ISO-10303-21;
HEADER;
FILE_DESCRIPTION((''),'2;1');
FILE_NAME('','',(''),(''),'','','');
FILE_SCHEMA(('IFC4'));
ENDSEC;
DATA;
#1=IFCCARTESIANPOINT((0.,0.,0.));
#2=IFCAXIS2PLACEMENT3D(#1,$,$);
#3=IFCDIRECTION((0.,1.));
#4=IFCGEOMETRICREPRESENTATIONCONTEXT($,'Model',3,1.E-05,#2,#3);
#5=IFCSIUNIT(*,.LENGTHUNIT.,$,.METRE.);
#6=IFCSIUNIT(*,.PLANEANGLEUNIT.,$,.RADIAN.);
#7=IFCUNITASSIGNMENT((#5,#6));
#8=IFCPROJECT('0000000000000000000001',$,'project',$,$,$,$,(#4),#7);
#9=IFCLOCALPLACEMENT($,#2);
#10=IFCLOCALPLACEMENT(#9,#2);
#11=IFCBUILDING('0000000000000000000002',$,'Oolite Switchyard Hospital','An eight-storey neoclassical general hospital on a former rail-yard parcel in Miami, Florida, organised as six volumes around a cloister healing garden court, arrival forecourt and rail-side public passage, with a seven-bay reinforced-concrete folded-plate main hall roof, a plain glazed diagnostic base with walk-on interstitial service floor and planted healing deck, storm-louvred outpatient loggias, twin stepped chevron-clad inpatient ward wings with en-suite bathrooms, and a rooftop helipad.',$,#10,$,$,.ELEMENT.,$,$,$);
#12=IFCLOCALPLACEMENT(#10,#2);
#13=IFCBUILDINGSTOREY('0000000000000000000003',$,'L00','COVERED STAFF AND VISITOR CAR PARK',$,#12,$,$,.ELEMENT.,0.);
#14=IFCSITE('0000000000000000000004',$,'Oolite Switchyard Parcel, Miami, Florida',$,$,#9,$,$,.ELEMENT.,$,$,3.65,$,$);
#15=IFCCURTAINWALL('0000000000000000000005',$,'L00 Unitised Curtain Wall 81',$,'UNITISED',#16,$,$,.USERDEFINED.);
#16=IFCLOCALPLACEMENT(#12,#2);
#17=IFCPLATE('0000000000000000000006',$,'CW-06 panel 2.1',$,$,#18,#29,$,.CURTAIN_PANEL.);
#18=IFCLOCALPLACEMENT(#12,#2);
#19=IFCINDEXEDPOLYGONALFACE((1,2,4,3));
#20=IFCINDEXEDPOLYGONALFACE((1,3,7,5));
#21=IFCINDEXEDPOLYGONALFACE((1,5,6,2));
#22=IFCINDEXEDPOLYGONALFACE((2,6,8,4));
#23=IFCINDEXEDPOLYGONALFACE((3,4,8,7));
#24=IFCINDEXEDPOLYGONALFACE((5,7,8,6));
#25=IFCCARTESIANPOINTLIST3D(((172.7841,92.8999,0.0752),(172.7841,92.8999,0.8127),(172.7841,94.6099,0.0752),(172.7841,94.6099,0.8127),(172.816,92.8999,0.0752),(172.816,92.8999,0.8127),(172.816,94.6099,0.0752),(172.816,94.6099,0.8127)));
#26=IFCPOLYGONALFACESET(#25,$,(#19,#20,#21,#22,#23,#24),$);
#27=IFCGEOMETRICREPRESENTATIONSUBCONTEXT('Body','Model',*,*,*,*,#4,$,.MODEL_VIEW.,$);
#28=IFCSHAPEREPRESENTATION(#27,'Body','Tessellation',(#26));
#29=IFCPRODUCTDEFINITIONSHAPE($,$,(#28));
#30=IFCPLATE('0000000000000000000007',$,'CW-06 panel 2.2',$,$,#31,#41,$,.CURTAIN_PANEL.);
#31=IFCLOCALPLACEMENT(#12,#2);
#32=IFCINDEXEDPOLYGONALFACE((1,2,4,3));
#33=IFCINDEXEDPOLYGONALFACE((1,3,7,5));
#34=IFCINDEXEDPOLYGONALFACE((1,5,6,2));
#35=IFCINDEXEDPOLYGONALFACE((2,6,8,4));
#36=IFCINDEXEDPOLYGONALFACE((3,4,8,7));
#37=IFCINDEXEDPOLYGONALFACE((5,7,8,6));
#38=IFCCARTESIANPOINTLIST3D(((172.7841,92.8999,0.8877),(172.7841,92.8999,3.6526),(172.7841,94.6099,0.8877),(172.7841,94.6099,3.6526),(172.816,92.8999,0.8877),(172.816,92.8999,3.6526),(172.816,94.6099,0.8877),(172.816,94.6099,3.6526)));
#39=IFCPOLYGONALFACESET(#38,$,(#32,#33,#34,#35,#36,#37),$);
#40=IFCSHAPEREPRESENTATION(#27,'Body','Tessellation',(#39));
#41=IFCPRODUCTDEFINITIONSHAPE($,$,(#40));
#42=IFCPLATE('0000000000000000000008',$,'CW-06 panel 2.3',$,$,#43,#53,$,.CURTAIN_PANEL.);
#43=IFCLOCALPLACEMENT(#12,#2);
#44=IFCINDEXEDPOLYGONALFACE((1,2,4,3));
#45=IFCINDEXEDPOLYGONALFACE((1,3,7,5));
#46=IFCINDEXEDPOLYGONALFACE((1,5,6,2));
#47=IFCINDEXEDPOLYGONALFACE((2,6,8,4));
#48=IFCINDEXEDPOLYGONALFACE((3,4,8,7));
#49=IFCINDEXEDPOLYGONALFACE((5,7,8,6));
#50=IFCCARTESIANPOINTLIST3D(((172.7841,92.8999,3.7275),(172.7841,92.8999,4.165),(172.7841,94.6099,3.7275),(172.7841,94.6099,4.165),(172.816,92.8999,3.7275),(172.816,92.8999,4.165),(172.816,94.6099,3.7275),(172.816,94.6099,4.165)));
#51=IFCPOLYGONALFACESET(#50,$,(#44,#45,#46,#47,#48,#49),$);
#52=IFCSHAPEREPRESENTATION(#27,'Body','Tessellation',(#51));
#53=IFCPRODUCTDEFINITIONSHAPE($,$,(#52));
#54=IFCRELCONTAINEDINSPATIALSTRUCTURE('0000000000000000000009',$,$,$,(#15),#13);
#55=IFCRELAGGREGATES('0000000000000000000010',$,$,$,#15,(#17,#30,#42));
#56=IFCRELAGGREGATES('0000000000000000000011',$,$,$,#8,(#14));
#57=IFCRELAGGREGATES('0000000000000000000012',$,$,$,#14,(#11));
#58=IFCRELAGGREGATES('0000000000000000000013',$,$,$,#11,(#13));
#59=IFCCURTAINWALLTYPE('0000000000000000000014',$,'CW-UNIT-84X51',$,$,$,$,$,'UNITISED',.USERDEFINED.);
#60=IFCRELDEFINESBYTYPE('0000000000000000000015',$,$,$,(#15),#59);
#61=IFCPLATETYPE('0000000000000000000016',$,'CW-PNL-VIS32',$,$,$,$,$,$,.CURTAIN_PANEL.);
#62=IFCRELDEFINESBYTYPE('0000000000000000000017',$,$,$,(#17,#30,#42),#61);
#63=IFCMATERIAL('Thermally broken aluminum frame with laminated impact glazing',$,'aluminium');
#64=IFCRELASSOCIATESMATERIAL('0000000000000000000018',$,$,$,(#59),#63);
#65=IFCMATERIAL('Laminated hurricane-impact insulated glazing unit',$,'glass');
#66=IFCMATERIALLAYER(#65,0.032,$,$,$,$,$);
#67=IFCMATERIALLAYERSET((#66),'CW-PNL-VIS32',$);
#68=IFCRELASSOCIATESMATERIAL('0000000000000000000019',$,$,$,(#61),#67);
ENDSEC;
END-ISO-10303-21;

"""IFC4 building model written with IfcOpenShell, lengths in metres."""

from ifc_helpers import new_model, si_unit, direction, frame, origin, origin_2d, place, context, subcontext, project, spatial, rectangle, extrude, material, layer, layer_set, type_object, element, aggregate, save


model = new_model("IFC4")

# Units and contexts
model_context = context("Model", 3, precision=1e-05, world=origin(), true_north=direction((0.0, 1.0)))
body_context = subcontext(model_context, "Body", "Model", "MODEL_VIEW")
ifc_project = project(units=[si_unit("LENGTHUNIT", "METRE"), si_unit("PLANEANGLEUNIT", "RADIAN")], contexts=[model_context])

# Site, building, storey
site_placement = place(None, origin())
site = spatial("IfcSite", under=ifc_project, at=site_placement, Name="Oolite Switchyard Parcel, Miami, Florida", CompositionType="ELEMENT", RefElevation=3.65)
building_placement = place(site_placement, origin())
building = spatial("IfcBuilding", under=site, at=building_placement, Name="Oolite Switchyard Hospital", Description="An eight-storey neoclassical general hospital on a former rail-yard parcel in Miami, Florida, organised as six volumes around a cloister healing garden court, arrival forecourt and rail-side public passage, with a seven-bay reinforced-concrete folded-plate main hall roof, a plain glazed diagnostic base with walk-on interstitial service floor and planted healing deck, storm-louvred outpatient loggias, twin stepped chevron-clad inpatient ward wings with en-suite bathrooms, and a rooftop helipad.", CompositionType="ELEMENT")
storey_placement = place(building_placement, origin())
storey = spatial("IfcBuildingStorey", under=building, at=storey_placement, Name="L00", Description="COVERED STAFF AND VISITOR CAR PARK", CompositionType="ELEMENT", Elevation=0.0)

# Curtain wall
ifc_material_1 = material(Name="Thermally broken aluminum frame with laminated impact glazing", Category="aluminium")
curtain_wall_type = type_object("IfcCurtainWallType", Name="CW-UNIT-84X51", ElementType="UNITISED", PredefinedType="USERDEFINED", material=ifc_material_1)
curtain_wall_1_placement = place(storey_placement, origin())
curtain_wall_1 = element("IfcCurtainWall", 1, at=curtain_wall_1_placement, inside=storey, type_object=curtain_wall_type, Name="L00 Unitised Curtain Wall 81", ObjectType="UNITISED", PredefinedType="USERDEFINED")

# Plates
ifc_material_2 = material(Name="Laminated hurricane-impact insulated glazing unit", Category="glass")
ifc_layer = layer(ifc_material_2, 0.032)
ifc_layer_set = layer_set([ifc_layer], Name="CW-PNL-VIS32")
plate_type = type_object("IfcPlateType", Name="CW-PNL-VIS32", PredefinedType="CURTAIN_PANEL", material=ifc_layer_set)
plate_1_placement = place(storey_placement, frame((172.8, 93.7549, 0.0752), z_axis=(0.0, 0.0, 1.0), x_axis=(0.0, -1.0, 0.0)))
plate_1 = element("IfcPlate", 2, at=plate_1_placement, type_object=plate_type, Name="CW-06 panel 2.1", PredefinedType="CURTAIN_PANEL", context=body_context, shape_type="SweptSolid", body=[
    extrude(rectangle(XDim=1.71, YDim=0.032, at=origin_2d()), origin(), (0.0, 0.0, 1.0), 0.7375),
])
plate_2_placement = place(storey_placement, frame((172.8, 93.7549, 0.8877), z_axis=(0.0, 0.0, 1.0), x_axis=(0.0, -1.0, 0.0)))
plate_2 = element("IfcPlate", 3, at=plate_2_placement, type_object=plate_type, Name="CW-06 panel 2.2", PredefinedType="CURTAIN_PANEL", context=body_context, shape_type="SweptSolid", body=[
    extrude(rectangle(XDim=1.71, YDim=0.032, at=origin_2d()), origin(), (0.0, 0.0, 1.0), 2.7649),
])
plate_3_placement = place(storey_placement, frame((172.8, 93.7549, 3.7275), z_axis=(0.0, 0.0, 1.0), x_axis=(0.0, -1.0, 0.0)))
plate_3 = element("IfcPlate", 4, at=plate_3_placement, type_object=plate_type, Name="CW-06 panel 2.3", PredefinedType="CURTAIN_PANEL", context=body_context, shape_type="SweptSolid", body=[
    extrude(rectangle(XDim=1.71, YDim=0.032, at=origin_2d()), origin(), (0.0, 0.0, 1.0), 0.4375),
])
aggregate(curtain_wall_1, [plate_1, plate_2, plate_3])

save(model, "model.ifc")
